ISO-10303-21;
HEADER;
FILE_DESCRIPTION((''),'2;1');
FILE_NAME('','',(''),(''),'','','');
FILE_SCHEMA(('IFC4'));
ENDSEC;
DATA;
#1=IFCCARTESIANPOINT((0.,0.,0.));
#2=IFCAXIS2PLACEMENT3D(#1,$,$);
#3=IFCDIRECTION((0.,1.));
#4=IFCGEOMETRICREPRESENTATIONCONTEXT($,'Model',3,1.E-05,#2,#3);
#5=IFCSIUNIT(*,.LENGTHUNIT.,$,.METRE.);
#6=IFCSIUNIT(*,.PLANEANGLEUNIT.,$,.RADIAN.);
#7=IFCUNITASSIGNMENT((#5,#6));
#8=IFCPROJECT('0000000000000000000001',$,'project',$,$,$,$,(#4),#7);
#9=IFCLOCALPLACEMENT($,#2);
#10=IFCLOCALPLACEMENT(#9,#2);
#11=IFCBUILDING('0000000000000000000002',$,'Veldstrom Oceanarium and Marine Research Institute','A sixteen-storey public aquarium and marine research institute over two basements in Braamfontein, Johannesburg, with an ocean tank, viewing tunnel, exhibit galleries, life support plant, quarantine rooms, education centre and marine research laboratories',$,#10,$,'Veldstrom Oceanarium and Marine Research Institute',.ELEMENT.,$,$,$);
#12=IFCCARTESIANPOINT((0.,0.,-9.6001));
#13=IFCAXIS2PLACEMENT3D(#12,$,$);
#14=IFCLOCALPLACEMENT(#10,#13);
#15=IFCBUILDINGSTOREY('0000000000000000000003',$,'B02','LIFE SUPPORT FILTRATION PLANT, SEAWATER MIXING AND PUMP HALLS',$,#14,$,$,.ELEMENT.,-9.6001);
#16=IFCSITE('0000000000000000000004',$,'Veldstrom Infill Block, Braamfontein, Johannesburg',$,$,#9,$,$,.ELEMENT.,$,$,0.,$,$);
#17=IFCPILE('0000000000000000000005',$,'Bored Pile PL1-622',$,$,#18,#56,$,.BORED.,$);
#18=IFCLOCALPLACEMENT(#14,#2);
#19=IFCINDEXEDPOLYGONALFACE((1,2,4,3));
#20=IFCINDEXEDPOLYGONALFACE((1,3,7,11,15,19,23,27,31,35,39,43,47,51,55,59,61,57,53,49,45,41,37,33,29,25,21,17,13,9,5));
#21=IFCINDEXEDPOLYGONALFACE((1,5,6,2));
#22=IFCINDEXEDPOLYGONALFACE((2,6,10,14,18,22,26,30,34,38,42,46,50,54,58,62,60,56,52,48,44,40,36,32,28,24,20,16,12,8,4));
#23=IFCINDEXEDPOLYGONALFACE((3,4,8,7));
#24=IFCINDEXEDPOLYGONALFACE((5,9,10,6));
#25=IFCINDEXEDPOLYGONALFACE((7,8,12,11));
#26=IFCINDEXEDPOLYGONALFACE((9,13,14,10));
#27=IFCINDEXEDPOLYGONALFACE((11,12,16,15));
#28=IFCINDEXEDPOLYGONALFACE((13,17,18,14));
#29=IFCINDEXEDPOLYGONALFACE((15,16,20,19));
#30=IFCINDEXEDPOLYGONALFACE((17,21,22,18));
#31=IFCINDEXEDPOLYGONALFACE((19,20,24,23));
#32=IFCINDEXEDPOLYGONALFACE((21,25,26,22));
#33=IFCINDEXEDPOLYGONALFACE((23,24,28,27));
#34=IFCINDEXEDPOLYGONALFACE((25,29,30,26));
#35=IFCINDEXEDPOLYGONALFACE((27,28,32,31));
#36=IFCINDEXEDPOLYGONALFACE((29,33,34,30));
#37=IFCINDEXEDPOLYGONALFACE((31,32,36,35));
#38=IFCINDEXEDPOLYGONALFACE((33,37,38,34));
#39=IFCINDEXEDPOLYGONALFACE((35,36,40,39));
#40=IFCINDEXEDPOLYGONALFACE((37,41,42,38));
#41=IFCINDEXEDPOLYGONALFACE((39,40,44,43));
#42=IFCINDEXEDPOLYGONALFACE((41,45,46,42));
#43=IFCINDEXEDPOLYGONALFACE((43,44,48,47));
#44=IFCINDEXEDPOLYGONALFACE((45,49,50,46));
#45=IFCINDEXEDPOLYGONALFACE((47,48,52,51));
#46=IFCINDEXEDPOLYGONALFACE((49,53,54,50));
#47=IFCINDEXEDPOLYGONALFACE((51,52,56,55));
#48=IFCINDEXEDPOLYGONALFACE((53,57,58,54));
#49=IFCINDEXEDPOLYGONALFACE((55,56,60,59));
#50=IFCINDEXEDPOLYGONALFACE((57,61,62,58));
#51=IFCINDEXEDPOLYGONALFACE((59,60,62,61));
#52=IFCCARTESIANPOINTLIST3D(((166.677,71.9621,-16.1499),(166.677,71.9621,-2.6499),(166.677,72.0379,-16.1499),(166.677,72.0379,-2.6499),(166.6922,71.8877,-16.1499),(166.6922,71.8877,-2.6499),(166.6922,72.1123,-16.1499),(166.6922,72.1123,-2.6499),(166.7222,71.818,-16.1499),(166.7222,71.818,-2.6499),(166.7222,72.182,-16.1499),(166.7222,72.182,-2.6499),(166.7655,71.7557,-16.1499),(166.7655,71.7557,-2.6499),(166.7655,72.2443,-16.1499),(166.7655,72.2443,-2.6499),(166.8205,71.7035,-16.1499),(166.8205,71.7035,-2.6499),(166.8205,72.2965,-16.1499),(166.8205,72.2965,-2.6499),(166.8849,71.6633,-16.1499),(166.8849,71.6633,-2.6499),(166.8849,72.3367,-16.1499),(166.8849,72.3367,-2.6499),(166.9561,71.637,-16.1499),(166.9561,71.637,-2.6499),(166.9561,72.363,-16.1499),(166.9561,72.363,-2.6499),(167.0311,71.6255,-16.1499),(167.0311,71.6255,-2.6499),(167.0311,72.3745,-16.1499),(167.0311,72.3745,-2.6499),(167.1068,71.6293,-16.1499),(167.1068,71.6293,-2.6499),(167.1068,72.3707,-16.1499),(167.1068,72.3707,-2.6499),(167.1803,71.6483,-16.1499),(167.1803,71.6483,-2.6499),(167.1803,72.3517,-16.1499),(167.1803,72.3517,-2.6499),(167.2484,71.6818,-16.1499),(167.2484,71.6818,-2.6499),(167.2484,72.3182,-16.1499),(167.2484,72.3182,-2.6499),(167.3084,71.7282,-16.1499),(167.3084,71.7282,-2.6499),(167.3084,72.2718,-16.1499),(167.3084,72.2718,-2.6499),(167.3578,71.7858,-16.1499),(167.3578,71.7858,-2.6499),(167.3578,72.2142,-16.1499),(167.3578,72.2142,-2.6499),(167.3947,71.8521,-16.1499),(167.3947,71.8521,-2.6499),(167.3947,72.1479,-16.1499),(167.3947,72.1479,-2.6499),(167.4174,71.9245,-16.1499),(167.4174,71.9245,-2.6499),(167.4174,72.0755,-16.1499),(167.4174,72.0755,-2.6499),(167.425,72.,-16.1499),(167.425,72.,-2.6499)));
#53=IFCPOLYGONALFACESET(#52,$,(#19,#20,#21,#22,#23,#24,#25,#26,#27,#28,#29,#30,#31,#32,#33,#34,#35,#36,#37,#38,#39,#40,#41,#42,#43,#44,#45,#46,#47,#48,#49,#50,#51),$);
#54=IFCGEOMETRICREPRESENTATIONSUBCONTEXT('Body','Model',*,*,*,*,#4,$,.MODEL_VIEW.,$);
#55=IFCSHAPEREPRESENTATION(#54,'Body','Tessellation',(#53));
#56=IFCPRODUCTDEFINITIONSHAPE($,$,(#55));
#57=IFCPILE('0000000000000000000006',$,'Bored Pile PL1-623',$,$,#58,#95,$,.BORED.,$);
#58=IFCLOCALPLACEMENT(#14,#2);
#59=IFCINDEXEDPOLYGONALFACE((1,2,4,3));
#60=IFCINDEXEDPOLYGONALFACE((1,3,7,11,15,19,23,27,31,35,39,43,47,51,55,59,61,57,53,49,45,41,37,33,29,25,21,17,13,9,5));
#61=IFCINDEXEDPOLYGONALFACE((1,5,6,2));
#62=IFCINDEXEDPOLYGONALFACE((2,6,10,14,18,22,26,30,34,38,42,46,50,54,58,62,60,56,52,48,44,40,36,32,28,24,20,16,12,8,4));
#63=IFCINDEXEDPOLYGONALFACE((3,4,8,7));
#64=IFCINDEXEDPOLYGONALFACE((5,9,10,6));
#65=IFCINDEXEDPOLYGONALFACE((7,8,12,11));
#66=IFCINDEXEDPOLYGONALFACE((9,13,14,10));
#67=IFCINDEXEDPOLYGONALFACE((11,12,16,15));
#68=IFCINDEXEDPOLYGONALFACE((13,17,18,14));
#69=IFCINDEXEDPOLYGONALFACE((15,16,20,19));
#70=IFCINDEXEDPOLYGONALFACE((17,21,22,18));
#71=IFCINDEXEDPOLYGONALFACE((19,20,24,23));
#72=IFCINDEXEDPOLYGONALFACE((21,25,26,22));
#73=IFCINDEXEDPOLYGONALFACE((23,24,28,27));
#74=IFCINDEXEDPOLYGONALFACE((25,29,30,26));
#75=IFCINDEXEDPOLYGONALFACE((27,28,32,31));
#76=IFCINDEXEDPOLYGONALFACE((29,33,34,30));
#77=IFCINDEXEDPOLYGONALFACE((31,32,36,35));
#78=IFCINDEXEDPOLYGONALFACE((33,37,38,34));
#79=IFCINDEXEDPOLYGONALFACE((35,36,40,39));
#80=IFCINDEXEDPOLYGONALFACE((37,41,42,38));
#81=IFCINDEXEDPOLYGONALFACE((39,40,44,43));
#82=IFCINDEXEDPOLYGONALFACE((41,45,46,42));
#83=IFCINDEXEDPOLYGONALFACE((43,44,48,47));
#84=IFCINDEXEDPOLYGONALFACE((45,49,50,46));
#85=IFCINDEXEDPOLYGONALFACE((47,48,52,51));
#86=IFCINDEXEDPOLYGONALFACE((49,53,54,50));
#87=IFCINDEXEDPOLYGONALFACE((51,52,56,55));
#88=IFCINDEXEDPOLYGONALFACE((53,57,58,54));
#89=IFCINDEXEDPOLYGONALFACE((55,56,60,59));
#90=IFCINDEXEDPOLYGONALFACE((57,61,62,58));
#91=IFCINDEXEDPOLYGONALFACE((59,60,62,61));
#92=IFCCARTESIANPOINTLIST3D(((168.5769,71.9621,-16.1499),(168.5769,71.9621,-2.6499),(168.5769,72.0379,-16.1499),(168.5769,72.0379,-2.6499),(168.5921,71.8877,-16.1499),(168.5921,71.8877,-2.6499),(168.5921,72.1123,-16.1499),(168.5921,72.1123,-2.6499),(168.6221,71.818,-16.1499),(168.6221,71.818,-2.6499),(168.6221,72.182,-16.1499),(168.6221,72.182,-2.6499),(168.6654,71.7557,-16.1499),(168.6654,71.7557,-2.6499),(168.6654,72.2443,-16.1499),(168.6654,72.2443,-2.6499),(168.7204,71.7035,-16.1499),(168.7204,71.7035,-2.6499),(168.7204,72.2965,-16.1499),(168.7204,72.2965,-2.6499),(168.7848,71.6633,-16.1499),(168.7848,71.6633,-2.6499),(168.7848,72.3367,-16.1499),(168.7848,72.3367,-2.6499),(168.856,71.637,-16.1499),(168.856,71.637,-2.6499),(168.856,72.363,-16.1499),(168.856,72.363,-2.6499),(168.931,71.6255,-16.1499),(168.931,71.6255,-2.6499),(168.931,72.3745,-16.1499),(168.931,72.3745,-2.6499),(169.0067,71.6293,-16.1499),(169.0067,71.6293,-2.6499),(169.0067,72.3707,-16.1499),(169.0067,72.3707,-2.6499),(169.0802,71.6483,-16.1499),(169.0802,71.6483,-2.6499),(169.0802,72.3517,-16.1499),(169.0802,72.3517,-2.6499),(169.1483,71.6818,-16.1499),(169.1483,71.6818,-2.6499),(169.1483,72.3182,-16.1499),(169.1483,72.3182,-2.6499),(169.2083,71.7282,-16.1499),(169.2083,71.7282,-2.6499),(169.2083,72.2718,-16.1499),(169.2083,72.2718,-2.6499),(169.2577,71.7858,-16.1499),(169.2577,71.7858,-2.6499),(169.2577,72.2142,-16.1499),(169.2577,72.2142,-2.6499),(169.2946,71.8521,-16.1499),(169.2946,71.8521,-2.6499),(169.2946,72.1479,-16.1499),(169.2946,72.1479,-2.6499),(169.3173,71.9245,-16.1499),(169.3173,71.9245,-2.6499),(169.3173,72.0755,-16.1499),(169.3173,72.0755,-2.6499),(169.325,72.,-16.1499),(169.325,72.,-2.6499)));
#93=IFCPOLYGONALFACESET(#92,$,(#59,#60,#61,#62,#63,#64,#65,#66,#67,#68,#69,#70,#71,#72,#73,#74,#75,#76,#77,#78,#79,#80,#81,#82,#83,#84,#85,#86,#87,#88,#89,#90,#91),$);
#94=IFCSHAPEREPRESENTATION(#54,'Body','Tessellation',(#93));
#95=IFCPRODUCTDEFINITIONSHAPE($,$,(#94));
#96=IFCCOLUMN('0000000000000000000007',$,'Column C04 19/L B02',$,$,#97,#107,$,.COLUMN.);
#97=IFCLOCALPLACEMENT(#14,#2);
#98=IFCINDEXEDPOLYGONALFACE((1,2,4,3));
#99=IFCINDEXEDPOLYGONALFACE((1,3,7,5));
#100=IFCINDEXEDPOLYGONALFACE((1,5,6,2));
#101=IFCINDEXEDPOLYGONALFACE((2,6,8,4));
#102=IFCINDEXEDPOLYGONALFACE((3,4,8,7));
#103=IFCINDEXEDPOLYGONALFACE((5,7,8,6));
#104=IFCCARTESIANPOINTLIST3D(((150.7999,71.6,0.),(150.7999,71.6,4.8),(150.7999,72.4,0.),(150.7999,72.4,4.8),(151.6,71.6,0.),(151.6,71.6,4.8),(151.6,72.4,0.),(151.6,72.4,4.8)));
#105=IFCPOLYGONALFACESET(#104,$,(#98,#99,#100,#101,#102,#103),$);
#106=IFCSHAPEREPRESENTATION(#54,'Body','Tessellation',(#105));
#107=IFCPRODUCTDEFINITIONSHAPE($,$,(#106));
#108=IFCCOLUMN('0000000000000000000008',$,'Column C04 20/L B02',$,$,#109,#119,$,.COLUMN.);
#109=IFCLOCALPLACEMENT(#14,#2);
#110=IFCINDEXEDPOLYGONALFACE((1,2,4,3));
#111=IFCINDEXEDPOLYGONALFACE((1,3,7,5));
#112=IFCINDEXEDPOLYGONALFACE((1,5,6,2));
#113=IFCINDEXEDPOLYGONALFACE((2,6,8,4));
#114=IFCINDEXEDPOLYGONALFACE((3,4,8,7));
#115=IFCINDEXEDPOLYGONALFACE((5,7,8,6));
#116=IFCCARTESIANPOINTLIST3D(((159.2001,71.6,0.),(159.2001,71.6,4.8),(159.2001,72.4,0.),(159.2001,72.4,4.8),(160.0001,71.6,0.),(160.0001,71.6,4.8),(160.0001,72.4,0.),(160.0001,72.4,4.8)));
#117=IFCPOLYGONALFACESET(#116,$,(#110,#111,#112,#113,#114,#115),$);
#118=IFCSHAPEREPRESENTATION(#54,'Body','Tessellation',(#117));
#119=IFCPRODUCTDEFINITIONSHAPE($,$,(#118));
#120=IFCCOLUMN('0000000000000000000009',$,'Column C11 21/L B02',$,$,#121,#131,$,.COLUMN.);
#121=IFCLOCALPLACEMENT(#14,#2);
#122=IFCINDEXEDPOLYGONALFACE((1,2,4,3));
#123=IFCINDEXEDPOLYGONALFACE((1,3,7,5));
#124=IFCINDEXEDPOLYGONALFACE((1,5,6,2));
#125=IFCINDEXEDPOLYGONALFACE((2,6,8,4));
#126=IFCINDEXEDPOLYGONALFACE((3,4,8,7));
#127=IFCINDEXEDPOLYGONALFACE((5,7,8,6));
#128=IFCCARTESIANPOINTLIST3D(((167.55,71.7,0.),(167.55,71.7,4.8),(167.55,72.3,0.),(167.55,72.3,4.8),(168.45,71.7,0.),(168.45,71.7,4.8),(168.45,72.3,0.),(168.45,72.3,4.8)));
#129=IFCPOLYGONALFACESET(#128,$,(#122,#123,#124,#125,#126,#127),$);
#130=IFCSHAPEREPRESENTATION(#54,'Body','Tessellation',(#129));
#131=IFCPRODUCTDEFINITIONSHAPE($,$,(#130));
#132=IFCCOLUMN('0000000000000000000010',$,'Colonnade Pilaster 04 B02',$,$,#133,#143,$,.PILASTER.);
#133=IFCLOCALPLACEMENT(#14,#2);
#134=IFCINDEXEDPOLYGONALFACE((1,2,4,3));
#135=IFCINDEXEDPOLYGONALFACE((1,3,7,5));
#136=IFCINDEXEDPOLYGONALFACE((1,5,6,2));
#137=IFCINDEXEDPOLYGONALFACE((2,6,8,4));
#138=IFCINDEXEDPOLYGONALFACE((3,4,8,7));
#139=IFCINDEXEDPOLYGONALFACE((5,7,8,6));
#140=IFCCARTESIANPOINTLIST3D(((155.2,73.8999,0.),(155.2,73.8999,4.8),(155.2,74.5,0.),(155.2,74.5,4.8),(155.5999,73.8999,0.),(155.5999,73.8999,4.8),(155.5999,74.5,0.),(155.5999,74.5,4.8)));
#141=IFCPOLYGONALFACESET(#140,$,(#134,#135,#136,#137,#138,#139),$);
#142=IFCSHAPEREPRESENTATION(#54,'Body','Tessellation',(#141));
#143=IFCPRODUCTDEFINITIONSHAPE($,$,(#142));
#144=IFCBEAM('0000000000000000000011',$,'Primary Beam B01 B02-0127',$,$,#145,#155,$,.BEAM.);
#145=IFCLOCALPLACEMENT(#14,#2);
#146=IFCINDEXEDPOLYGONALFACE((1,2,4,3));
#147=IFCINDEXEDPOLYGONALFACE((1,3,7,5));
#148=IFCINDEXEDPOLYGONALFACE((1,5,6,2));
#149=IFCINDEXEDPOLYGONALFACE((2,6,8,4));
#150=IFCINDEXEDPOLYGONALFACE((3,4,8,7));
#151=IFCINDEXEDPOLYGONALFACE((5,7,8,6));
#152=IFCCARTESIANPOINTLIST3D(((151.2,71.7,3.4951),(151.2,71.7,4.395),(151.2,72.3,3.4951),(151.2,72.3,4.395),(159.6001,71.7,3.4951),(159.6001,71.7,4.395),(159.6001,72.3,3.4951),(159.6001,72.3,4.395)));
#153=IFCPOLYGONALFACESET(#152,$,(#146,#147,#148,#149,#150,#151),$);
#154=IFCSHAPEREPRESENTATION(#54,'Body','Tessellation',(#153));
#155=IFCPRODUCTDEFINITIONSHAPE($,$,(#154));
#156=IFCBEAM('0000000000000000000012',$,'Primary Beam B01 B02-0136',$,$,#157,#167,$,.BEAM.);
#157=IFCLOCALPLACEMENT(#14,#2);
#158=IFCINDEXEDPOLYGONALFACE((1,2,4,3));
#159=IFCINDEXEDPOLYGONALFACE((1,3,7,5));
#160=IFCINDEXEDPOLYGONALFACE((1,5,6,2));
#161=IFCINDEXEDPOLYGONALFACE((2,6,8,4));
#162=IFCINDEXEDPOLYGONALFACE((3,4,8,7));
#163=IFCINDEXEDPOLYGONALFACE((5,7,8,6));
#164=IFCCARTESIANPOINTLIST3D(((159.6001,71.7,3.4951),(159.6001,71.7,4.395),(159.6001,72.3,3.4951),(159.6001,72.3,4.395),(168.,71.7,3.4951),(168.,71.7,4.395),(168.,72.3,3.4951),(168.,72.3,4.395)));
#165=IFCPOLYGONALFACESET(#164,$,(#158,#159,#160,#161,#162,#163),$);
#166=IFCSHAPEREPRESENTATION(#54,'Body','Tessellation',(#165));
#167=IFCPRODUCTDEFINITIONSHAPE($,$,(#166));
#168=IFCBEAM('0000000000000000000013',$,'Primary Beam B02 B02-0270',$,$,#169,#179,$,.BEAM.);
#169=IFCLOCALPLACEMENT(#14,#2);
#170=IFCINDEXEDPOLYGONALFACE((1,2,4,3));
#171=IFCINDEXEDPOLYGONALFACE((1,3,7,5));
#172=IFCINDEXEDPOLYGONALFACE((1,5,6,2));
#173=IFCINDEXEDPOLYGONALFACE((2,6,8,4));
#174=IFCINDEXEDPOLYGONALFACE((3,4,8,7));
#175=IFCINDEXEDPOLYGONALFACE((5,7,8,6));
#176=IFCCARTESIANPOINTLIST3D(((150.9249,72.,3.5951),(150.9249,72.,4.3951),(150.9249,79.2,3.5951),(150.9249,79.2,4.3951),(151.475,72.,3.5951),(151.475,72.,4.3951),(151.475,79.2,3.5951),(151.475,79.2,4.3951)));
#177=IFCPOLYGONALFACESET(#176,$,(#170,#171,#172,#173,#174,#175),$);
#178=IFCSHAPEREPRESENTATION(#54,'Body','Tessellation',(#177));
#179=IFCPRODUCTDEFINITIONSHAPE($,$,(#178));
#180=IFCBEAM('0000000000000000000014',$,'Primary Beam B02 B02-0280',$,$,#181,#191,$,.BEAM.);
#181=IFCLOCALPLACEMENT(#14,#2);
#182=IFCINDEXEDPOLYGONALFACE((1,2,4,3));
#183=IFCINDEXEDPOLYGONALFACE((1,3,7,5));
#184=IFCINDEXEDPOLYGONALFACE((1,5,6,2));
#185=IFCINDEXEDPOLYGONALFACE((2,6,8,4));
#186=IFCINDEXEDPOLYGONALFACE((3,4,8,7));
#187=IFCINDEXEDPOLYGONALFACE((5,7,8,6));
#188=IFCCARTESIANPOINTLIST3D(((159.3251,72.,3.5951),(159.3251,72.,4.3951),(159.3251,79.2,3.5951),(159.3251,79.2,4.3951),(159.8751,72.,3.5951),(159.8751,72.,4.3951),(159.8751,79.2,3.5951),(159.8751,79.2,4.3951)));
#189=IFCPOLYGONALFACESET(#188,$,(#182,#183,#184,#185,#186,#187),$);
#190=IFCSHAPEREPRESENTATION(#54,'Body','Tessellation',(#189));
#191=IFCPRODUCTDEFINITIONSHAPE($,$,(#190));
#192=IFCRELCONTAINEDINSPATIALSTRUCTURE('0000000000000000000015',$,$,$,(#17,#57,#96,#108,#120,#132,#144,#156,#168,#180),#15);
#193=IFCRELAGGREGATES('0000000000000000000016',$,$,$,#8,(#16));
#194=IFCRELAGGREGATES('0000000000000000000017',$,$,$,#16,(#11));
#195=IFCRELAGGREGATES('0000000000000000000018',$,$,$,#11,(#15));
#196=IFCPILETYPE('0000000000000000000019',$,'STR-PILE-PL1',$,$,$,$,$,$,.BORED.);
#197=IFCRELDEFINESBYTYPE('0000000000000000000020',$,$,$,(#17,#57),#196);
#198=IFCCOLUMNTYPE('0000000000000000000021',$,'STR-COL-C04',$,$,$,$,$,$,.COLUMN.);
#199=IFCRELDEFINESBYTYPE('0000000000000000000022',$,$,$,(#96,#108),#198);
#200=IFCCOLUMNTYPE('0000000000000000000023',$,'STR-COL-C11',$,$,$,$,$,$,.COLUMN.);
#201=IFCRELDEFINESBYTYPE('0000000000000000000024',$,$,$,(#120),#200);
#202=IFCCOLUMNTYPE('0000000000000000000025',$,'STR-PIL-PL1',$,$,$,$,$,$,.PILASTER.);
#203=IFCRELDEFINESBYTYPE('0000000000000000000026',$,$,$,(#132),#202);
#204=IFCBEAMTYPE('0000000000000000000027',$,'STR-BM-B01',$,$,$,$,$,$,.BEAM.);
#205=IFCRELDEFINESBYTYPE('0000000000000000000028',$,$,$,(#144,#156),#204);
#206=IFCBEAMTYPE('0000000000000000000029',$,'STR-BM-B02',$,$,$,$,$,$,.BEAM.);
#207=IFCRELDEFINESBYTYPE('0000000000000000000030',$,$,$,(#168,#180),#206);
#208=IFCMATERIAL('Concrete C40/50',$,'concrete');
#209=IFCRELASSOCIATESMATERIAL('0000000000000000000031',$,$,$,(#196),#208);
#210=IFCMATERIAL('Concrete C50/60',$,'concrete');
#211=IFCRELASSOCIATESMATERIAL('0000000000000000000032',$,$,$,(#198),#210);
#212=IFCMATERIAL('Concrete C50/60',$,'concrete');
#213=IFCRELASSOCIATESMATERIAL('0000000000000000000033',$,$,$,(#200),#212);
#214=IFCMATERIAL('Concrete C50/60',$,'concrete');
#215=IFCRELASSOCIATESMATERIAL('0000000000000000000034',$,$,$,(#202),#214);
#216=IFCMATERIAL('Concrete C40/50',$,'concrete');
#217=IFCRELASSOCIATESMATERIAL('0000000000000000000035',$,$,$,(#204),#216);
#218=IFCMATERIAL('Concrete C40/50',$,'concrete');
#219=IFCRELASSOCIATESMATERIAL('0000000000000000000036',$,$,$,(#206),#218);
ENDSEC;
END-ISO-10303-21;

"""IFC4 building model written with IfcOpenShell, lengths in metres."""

from ifc_helpers import new_model, si_unit, direction, frame, origin, origin_2d, place, context, subcontext, project, spatial, rectangle, circle, extrude, material, material_profile, profile_set, type_object, element, save


model = new_model("IFC4")

# Units and contexts
model_context = context("Model", 3, precision=1e-05, world=origin(), true_north=direction((0.0, 1.0)))
body_context = subcontext(model_context, "Body", "Model", "MODEL_VIEW")
ifc_project = project(units=[si_unit("LENGTHUNIT", "METRE"), si_unit("PLANEANGLEUNIT", "RADIAN")], contexts=[model_context])

# Site, building, storey
site_placement = place(None, origin())
site = spatial("IfcSite", under=ifc_project, at=site_placement, Name="Veldstrom Infill Block, Braamfontein, Johannesburg", CompositionType="ELEMENT", RefElevation=0.0)
building_placement = place(site_placement, origin())
building = spatial("IfcBuilding", under=site, at=building_placement, Name="Veldstrom Oceanarium and Marine Research Institute", Description="A sixteen-storey public aquarium and marine research institute over two basements in Braamfontein, Johannesburg, with an ocean tank, viewing tunnel, exhibit galleries, life support plant, quarantine rooms, education centre and marine research laboratories", LongName="Veldstrom Oceanarium and Marine Research Institute", CompositionType="ELEMENT")
storey_placement = place(building_placement, frame((0.0, 0.0, -9.6001)))
storey = spatial("IfcBuildingStorey", under=building, at=storey_placement, Name="B02", Description="LIFE SUPPORT FILTRATION PLANT, SEAWATER MIXING AND PUMP HALLS", CompositionType="ELEMENT", Elevation=-9.6001)

# Piles
ifc_material_1 = material(Name="Concrete C40/50", Category="concrete")
ifc_material_profile_1 = material_profile(ifc_material_1, circle(Radius=0.375, at=origin_2d()), Name="PILE-D750")
ifc_profile_set_1 = profile_set([ifc_material_profile_1], Name="Concrete C40/50")
pile_type = type_object("IfcPileType", Name="STR-PILE-PL1", PredefinedType="BORED", material=ifc_profile_set_1)
for number, where, z_axis, x_axis, name in (
    (1, (167.05, 72.0, -2.6499), (0.0, 0.0, -1.0), (1.0, 0.0, 0.0), "Bored Pile PL1-622"),
    (2, (168.95, 72.0, -2.6499), (0.0, 0.0, -1.0), (1.0, 0.0, 0.0), "Bored Pile PL1-623"),
):
    element("IfcPile", number, at=place(storey_placement, frame(where, z_axis=z_axis, x_axis=x_axis)), inside=storey, type_object=pile_type, Name=name, PredefinedType="BORED", context=body_context, shape_type="SweptSolid", body=[
        extrude(circle(Radius=0.375, at=origin_2d()), origin(), (0.0, 0.0, 1.0), 13.5),
    ])

# Columns
ifc_material_2 = material(Name="Concrete C50/60", Category="concrete")
ifc_material_profile_2 = material_profile(ifc_material_2, rectangle(XDim=0.8, YDim=0.8, at=origin_2d()), Name="RC-COL-800x800")
ifc_profile_set_2 = profile_set([ifc_material_profile_2], Name="Concrete C50/60")
column_type_1 = type_object("IfcColumnType", Name="STR-COL-C04", PredefinedType="COLUMN", material=ifc_profile_set_2)
for number, where, z_axis, x_axis, name in (
    (3, (151.2, 72.0, 0.0), (0.0, 0.0, 1.0), (1.0, 0.0, 0.0), "Column C04 19/L B02"),
    (4, (159.6001, 72.0, 0.0), (0.0, 0.0, 1.0), (1.0, 0.0, 0.0), "Column C04 20/L B02"),
):
    element("IfcColumn", number, at=place(storey_placement, frame(where, z_axis=z_axis, x_axis=x_axis)), inside=storey, type_object=column_type_1, Name=name, PredefinedType="COLUMN", context=body_context, shape_type="SweptSolid", body=[
        extrude(rectangle(XDim=0.8, YDim=0.8, at=origin_2d()), origin(), (0.0, 0.0, 1.0), 4.8),
    ])
ifc_material_3 = material(Name="Concrete C50/60", Category="concrete")
ifc_material_profile_3 = material_profile(ifc_material_3, rectangle(XDim=0.6001, YDim=0.8999, at=origin_2d()), Name="RC-COL-900x600")
ifc_profile_set_3 = profile_set([ifc_material_profile_3], Name="Concrete C50/60")
column_type_2 = type_object("IfcColumnType", Name="STR-COL-C11", PredefinedType="COLUMN", material=ifc_profile_set_3)
column_1_placement = place(storey_placement, frame((168.0, 72.0, 0.0), z_axis=(0.0, 0.0, 1.0), x_axis=(0.0, 1.0, 0.0)))
element("IfcColumn", 5, at=column_1_placement, inside=storey, type_object=column_type_2, Name="Column C11 21/L B02", PredefinedType="COLUMN", context=body_context, shape_type="SweptSolid", body=[
    extrude(rectangle(XDim=0.6001, YDim=0.8999, at=origin_2d()), origin(), (0.0, 0.0, 1.0), 4.8),
])
ifc_material_4 = material(Name="Concrete C50/60", Category="concrete")
ifc_material_profile_4 = material_profile(ifc_material_4, rectangle(XDim=0.3999, YDim=0.6001, at=origin_2d()), Name="RC-PIL-600x400")
ifc_profile_set_4 = profile_set([ifc_material_profile_4], Name="Concrete C50/60")
column_type_3 = type_object("IfcColumnType", Name="STR-PIL-PL1", PredefinedType="PILASTER", material=ifc_profile_set_4)
column_2_placement = place(storey_placement, frame((155.3999, 74.2, 0.0), z_axis=(0.0, 0.0, 1.0), x_axis=(1.0, 0.0, 0.0)))
element("IfcColumn", 6, at=column_2_placement, inside=storey, type_object=column_type_3, Name="Colonnade Pilaster 04 B02", PredefinedType="PILASTER", context=body_context, shape_type="SweptSolid", body=[
    extrude(rectangle(XDim=0.3999, YDim=0.6001, at=origin_2d()), origin(), (0.0, 0.0, 1.0), 4.8),
])

# Beams
ifc_material_5 = material(Name="Concrete C40/50", Category="concrete")
ifc_material_profile_5 = material_profile(ifc_material_5, rectangle(XDim=0.6001, YDim=0.8999, at=origin_2d()), Name="RC-BM-600x900")
ifc_profile_set_5 = profile_set([ifc_material_profile_5], Name="Concrete C40/50")
beam_type_1 = type_object("IfcBeamType", Name="STR-BM-B01", PredefinedType="BEAM", material=ifc_profile_set_5)
beam_1_placement = place(storey_placement, frame((151.2, 72.0, 3.9451), z_axis=(1.0, 0.0, 0.0), x_axis=(0.0, 1.0, 0.0)))
element("IfcBeam", 7, at=beam_1_placement, inside=storey, type_object=beam_type_1, Name="Primary Beam B01 B02-0127", PredefinedType="BEAM", context=body_context, shape_type="SweptSolid", body=[
    extrude(rectangle(XDim=0.6001, YDim=0.8999, at=origin_2d()), origin(), (0.0, 0.0, 1.0), 8.4001),
])
beam_2_placement = place(storey_placement, frame((159.6001, 72.0, 3.9451), z_axis=(1.0, 0.0, 0.0), x_axis=(0.0, 1.0, 0.0)))
element("IfcBeam", 8, at=beam_2_placement, inside=storey, type_object=beam_type_1, Name="Primary Beam B01 B02-0136", PredefinedType="BEAM", context=body_context, shape_type="SweptSolid", body=[
    extrude(rectangle(XDim=0.6001, YDim=0.8999, at=origin_2d()), origin(), (0.0, 0.0, 1.0), 8.3999),
])
ifc_material_6 = material(Name="Concrete C40/50", Category="concrete")
ifc_material_profile_6 = material_profile(ifc_material_6, rectangle(XDim=0.55, YDim=0.8, at=origin_2d()), Name="RC-BM-550x800")
ifc_profile_set_6 = profile_set([ifc_material_profile_6], Name="Concrete C40/50")
beam_type_2 = type_object("IfcBeamType", Name="STR-BM-B02", PredefinedType="BEAM", material=ifc_profile_set_6)
for number, where, z_axis, x_axis, name in (
    (9, (151.2, 72.0, 3.9951), (0.0, 1.0, 0.0), (-1.0, 0.0, 0.0), "Primary Beam B02 B02-0270"),
    (10, (159.6001, 72.0, 3.9951), (0.0, 1.0, 0.0), (-1.0, 0.0, 0.0), "Primary Beam B02 B02-0280"),
):
    element("IfcBeam", number, at=place(storey_placement, frame(where, z_axis=z_axis, x_axis=x_axis)), inside=storey, type_object=beam_type_2, Name=name, PredefinedType="BEAM", context=body_context, shape_type="SweptSolid", body=[
        extrude(rectangle(XDim=0.55, YDim=0.8, at=origin_2d()), origin(), (0.0, 0.0, 1.0), 7.2),
    ])

save(model, "model.ifc")
